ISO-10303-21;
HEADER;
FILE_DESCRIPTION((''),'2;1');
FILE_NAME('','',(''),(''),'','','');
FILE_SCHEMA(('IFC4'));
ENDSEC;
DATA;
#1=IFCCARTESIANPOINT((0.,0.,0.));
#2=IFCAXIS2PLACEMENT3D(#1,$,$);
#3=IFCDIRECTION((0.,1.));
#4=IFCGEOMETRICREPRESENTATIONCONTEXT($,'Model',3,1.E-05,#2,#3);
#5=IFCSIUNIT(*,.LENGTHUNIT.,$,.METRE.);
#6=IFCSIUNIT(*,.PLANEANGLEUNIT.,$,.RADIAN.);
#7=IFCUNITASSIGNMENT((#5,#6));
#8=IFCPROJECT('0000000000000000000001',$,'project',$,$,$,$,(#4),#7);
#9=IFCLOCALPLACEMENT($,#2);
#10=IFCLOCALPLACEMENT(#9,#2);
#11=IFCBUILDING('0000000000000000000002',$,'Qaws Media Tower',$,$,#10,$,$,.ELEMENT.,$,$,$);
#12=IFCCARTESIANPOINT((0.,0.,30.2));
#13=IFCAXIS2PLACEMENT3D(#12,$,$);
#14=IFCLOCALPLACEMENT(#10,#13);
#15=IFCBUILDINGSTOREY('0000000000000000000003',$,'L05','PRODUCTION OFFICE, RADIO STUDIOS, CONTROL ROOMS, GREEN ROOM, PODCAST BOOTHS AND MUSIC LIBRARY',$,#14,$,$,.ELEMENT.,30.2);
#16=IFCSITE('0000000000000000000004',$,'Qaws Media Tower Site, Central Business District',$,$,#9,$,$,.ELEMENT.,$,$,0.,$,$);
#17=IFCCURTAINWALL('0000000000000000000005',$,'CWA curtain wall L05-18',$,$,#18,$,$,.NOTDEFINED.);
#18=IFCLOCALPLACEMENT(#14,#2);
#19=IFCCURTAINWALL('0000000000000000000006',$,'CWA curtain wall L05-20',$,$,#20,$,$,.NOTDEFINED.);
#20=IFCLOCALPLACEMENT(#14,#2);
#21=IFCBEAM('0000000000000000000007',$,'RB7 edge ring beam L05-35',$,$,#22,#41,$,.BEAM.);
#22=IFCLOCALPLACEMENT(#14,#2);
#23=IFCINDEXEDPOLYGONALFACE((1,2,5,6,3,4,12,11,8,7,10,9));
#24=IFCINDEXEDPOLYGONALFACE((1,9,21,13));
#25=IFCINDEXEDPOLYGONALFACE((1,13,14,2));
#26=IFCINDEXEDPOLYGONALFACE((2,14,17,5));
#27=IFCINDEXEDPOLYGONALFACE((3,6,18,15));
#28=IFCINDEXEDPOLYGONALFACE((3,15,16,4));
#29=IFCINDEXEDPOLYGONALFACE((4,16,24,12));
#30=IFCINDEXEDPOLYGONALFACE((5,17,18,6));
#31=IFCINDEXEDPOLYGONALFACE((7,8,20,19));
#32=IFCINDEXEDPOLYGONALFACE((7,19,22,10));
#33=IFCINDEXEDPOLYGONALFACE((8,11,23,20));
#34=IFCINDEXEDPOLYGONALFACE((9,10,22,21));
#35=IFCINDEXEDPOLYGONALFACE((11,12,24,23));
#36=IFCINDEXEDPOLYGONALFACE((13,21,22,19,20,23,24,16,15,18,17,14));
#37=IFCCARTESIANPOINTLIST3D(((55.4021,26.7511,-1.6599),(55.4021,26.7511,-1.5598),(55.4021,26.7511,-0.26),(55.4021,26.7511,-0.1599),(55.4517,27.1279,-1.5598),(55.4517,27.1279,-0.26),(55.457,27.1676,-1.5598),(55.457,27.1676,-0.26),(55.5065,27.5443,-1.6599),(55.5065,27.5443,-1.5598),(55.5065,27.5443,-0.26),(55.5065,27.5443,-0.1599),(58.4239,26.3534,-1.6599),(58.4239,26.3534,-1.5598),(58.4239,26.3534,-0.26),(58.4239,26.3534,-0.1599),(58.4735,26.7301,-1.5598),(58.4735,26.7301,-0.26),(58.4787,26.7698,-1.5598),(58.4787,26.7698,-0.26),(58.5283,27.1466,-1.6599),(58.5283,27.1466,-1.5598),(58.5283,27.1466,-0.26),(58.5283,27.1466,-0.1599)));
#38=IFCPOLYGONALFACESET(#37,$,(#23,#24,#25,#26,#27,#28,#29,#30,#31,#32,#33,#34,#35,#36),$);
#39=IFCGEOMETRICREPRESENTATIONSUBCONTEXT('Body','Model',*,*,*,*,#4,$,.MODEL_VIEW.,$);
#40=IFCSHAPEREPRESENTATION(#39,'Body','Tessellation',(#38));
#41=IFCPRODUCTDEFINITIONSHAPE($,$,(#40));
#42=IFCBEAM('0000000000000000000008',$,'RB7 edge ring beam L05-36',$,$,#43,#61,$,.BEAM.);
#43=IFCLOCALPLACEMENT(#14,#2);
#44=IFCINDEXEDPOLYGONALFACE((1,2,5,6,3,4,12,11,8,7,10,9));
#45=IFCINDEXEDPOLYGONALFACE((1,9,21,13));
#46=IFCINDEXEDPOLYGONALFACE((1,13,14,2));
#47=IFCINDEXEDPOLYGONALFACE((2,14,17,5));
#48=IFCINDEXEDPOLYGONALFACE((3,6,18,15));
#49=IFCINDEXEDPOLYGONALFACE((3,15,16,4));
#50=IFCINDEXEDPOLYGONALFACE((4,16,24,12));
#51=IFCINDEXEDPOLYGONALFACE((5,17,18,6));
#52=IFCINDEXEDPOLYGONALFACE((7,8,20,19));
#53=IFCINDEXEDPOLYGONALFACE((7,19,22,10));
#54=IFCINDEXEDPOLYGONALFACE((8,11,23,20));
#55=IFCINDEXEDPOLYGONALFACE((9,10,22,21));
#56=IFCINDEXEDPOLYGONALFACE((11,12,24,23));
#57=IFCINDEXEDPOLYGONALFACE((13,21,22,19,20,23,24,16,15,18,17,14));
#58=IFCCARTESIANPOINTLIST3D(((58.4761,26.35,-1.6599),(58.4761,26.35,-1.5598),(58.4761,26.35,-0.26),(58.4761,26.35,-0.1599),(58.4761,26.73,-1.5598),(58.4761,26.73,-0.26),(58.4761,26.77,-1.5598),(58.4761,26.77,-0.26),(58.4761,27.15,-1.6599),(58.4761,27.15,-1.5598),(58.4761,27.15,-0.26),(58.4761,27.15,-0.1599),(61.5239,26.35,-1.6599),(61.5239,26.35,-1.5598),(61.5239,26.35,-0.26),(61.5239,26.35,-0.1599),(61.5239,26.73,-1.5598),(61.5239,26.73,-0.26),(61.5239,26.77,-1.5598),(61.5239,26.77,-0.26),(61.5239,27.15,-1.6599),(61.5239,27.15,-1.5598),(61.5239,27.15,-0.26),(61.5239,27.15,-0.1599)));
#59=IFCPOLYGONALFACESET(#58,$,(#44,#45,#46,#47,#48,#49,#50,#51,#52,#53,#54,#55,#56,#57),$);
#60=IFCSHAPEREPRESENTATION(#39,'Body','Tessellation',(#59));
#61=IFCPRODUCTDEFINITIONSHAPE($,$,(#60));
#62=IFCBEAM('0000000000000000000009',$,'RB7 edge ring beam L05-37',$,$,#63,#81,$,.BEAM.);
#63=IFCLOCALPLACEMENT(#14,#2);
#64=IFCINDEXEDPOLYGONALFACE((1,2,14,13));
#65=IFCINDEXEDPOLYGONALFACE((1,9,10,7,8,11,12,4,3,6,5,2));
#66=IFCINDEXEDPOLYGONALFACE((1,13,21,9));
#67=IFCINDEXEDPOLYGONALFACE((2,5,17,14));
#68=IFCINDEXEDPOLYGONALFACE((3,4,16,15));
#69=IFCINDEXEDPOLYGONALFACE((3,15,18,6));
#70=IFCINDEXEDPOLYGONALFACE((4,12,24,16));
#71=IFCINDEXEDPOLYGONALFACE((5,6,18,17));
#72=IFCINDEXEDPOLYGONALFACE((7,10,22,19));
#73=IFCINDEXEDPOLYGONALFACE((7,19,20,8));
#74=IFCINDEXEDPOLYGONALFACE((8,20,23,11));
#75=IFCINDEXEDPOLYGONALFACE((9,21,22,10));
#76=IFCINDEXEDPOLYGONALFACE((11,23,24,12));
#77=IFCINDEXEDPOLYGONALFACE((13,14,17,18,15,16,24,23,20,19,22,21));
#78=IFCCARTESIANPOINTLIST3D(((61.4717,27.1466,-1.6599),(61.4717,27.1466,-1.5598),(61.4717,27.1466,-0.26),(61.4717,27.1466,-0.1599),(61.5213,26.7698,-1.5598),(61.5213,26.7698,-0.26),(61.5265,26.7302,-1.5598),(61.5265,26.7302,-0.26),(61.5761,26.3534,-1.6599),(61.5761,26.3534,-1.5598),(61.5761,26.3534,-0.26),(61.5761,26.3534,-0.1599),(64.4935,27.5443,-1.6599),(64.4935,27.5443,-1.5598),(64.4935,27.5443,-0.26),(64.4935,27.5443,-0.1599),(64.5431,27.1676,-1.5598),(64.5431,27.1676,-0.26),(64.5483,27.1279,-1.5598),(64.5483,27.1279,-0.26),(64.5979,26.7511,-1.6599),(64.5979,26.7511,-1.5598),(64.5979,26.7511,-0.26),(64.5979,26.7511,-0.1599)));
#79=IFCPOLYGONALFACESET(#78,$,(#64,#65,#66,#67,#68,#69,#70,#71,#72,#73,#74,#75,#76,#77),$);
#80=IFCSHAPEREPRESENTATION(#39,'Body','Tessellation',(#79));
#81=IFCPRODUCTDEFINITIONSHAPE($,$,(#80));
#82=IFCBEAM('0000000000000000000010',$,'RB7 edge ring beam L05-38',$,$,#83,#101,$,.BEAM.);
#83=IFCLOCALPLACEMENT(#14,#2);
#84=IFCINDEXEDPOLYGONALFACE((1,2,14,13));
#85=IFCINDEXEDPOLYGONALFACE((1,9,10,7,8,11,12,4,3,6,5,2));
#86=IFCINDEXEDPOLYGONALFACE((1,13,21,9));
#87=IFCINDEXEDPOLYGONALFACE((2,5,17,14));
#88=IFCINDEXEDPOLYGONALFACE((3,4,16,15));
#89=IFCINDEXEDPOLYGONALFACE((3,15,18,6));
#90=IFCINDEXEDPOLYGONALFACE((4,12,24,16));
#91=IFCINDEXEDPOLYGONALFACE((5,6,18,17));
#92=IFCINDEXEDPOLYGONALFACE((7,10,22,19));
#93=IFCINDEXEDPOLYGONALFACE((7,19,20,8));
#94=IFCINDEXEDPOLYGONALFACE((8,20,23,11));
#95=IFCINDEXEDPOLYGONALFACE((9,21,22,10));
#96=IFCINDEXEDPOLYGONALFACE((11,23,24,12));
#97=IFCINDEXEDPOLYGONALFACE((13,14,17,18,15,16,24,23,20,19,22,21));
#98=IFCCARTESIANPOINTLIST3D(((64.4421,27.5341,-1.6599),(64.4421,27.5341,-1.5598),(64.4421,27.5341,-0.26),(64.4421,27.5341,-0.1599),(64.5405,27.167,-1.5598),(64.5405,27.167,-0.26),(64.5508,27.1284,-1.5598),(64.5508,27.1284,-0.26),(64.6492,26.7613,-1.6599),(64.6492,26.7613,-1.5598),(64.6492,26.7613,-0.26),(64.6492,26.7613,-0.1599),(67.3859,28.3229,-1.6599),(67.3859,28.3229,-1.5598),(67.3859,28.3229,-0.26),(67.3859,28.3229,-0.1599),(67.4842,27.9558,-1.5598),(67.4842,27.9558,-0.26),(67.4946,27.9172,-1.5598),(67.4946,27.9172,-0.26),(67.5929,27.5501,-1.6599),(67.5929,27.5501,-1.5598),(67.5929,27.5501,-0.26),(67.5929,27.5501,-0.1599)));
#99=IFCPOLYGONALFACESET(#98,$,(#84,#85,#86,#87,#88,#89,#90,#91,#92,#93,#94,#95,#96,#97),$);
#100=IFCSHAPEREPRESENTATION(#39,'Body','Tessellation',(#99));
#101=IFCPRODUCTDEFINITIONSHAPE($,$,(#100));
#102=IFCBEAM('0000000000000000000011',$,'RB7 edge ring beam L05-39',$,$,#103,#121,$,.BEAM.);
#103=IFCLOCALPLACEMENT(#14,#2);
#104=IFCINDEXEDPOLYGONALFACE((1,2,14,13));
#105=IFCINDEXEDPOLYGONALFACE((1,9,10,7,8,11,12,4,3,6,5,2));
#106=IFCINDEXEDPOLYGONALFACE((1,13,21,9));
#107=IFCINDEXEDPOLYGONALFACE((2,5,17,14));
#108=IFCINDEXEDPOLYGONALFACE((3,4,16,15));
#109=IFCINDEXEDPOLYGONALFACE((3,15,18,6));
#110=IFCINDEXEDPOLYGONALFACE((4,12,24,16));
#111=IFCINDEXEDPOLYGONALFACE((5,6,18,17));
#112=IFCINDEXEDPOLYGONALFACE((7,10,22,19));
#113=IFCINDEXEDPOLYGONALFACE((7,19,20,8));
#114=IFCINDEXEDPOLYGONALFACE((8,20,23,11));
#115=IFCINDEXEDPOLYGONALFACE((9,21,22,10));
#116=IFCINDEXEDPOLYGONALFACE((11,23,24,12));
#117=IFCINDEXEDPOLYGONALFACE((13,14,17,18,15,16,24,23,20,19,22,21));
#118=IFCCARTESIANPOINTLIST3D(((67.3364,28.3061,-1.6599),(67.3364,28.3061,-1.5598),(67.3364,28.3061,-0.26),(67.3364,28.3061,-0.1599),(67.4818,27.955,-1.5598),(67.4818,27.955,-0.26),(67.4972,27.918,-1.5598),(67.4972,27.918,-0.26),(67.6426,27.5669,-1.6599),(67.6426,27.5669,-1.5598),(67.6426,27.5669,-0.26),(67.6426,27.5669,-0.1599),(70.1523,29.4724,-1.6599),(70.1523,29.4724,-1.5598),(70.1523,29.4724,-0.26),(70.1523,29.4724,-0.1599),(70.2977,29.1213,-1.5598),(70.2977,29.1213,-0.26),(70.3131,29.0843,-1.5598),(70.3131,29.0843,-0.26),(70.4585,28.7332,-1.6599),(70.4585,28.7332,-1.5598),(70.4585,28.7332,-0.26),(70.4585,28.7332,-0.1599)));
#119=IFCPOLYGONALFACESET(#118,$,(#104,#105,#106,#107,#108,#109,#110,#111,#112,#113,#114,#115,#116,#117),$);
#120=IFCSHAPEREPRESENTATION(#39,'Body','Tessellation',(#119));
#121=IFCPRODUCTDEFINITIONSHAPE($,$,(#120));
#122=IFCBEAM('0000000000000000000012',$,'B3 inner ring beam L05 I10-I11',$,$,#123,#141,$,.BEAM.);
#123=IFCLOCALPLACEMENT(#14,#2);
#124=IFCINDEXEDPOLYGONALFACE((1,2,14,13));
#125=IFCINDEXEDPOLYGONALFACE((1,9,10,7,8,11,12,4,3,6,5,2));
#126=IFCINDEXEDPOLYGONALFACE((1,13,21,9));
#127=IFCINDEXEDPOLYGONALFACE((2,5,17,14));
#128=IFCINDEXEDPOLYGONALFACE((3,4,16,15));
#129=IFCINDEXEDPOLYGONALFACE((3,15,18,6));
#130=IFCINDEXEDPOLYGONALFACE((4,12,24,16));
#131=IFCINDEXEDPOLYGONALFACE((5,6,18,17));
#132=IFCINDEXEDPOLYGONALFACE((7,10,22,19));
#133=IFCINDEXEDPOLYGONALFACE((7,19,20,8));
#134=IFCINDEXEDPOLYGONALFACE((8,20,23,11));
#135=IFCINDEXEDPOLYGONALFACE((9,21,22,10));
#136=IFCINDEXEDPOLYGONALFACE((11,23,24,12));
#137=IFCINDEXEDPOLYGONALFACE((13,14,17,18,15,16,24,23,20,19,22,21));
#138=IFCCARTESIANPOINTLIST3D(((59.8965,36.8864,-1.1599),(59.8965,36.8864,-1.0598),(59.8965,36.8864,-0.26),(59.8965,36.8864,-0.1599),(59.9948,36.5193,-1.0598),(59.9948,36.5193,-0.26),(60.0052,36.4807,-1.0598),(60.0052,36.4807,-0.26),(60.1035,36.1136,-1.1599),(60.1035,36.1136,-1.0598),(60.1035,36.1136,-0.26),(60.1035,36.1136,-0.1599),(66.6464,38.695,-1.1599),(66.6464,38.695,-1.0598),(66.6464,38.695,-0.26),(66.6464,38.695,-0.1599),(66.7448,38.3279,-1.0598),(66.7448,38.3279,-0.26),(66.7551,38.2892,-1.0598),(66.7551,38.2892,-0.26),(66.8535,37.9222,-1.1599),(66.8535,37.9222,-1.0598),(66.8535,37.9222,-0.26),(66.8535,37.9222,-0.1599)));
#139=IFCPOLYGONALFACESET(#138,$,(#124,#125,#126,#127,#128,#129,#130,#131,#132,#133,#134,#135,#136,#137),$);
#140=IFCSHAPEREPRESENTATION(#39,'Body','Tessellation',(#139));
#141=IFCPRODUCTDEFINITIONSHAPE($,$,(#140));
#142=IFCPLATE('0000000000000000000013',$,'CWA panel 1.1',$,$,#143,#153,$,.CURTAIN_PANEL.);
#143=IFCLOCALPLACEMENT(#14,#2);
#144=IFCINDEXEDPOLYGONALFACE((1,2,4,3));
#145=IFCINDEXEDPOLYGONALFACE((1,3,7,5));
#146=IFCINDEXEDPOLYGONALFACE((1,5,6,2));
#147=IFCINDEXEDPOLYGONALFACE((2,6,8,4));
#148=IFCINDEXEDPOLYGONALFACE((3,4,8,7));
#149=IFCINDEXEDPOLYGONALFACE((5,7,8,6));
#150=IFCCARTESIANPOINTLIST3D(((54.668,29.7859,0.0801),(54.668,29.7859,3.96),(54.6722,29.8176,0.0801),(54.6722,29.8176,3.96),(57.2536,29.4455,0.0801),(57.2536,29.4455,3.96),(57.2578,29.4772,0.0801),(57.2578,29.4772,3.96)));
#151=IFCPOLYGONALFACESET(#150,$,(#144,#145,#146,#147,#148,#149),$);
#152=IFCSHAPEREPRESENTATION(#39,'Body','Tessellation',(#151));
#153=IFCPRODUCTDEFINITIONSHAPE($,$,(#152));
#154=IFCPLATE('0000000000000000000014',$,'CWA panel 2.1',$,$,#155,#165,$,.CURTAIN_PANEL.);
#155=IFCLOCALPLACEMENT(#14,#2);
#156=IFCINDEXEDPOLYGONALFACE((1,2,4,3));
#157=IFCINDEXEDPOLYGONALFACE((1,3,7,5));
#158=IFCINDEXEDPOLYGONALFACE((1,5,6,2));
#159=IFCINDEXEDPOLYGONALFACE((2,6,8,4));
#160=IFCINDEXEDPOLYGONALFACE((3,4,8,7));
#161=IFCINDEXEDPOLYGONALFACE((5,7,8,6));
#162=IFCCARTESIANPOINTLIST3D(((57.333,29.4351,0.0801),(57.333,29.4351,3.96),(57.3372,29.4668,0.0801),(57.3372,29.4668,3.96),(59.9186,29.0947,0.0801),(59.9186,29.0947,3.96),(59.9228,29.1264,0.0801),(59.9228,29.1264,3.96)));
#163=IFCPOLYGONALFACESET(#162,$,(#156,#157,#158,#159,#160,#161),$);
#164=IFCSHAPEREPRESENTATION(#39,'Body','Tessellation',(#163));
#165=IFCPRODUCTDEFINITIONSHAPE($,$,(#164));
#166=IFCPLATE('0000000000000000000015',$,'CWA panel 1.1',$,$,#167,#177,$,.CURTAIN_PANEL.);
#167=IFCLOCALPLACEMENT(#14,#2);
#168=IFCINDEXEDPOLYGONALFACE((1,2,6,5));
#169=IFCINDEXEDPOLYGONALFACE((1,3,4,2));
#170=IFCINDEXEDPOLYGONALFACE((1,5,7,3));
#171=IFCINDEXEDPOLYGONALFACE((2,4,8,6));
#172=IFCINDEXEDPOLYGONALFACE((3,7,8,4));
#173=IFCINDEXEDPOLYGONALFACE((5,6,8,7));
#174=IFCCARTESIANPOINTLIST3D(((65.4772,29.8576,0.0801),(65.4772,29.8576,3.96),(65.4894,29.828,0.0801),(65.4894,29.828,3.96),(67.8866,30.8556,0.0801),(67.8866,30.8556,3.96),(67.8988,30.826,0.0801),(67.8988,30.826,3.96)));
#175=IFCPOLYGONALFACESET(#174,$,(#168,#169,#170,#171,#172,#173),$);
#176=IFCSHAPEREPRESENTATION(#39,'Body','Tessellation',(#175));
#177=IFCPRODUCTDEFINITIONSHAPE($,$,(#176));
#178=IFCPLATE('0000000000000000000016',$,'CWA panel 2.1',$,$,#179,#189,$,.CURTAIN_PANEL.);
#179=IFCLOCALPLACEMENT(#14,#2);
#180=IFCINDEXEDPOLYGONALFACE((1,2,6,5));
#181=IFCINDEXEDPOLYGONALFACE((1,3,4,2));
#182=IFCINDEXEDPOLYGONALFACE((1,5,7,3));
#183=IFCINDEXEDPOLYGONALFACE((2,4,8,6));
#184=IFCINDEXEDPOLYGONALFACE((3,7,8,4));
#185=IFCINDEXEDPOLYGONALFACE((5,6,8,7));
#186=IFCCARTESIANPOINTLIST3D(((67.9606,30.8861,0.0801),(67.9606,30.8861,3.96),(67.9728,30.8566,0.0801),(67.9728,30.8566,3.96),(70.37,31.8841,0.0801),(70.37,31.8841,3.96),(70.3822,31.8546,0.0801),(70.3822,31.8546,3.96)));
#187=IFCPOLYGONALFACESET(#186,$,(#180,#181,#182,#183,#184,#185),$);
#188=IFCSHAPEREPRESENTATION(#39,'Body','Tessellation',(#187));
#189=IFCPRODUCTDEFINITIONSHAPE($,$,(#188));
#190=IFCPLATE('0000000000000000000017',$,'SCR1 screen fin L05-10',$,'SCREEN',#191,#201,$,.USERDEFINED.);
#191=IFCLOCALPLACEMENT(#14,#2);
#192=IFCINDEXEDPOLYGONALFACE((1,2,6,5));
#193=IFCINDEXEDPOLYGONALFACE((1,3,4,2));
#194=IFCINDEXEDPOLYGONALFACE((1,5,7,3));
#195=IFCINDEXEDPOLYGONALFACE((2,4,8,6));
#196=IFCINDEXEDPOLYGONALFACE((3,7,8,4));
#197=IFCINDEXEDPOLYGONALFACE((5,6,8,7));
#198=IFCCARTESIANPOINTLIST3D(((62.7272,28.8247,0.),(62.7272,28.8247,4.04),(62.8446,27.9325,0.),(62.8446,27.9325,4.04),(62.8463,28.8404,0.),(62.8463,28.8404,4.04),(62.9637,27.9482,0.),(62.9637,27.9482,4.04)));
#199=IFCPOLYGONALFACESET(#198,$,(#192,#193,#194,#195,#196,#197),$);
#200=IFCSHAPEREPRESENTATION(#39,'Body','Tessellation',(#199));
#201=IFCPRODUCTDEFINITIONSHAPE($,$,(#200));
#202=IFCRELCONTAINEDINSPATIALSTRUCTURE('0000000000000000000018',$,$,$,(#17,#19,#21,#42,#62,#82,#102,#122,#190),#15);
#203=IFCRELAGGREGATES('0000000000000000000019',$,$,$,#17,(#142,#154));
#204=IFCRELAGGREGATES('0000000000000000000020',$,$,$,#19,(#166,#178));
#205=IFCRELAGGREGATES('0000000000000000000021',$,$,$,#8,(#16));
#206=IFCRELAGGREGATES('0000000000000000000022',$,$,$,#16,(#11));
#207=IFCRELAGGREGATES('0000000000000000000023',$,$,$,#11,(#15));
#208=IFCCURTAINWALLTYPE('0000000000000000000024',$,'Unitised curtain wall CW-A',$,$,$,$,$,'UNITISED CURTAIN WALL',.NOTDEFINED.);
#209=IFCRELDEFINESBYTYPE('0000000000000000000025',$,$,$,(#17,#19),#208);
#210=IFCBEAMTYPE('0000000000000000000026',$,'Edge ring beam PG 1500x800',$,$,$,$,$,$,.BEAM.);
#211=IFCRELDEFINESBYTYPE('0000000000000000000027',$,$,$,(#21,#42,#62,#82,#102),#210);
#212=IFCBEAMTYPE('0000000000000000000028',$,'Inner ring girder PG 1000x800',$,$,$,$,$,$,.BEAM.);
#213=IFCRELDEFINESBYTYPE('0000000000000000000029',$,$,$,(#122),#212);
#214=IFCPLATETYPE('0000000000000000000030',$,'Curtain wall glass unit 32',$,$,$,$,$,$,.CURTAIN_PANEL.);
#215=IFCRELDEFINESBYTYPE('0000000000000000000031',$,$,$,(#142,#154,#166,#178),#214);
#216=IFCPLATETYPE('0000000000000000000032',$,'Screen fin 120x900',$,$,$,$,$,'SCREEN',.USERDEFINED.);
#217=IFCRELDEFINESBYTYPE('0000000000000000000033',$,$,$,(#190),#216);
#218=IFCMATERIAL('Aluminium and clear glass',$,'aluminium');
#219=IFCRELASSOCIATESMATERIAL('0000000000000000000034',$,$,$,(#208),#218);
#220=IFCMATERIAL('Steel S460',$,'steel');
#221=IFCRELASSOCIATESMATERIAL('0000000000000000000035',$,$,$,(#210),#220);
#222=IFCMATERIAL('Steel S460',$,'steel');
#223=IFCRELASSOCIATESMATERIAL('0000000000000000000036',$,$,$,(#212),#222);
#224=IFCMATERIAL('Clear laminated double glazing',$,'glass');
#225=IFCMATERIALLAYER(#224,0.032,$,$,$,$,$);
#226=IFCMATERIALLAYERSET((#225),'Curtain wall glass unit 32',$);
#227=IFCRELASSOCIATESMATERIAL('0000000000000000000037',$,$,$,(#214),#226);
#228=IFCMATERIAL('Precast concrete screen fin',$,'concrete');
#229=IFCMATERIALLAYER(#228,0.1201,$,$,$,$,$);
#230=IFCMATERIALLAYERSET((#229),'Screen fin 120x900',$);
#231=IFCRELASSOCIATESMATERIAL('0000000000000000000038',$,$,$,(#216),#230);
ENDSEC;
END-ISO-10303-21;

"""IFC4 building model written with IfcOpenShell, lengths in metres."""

from ifc_helpers import new_model, si_unit, direction, frame, origin, origin_2d, place, context, subcontext, project, spatial, rectangle, i_section, extrude, material, layer, layer_set, material_profile, profile_set, type_object, element, aggregate, save


model = new_model("IFC4")

# Units and contexts
model_context = context("Model", 3, precision=1e-05, world=origin(), true_north=direction((0.0, 1.0)))
body_context = subcontext(model_context, "Body", "Model", "MODEL_VIEW")
ifc_project = project(units=[si_unit("LENGTHUNIT", "METRE"), si_unit("PLANEANGLEUNIT", "RADIAN")], contexts=[model_context])

# Site, building, storey
site_placement = place(None, origin())
site = spatial("IfcSite", under=ifc_project, at=site_placement, Name="Qaws Media Tower Site, Central Business District", CompositionType="ELEMENT", RefElevation=0.0)
building_placement = place(site_placement, origin())
building = spatial("IfcBuilding", under=site, at=building_placement, Name="Qaws Media Tower", CompositionType="ELEMENT")
storey_placement = place(building_placement, frame((0.0, 0.0, 30.2)))
storey = spatial("IfcBuildingStorey", under=building, at=storey_placement, Name="L05", Description="PRODUCTION OFFICE, RADIO STUDIOS, CONTROL ROOMS, GREEN ROOM, PODCAST BOOTHS AND MUSIC LIBRARY", CompositionType="ELEMENT", Elevation=30.2)

# Curtain walls
ifc_material_1 = material(Name="Aluminium and clear glass", Category="aluminium")
curtain_wall_type = type_object("IfcCurtainWallType", Name="Unitised curtain wall CW-A", ElementType="UNITISED CURTAIN WALL", PredefinedType="NOTDEFINED", material=ifc_material_1)
curtain_wall_1_placement = place(storey_placement, origin())
curtain_wall_1 = element("IfcCurtainWall", 1, at=curtain_wall_1_placement, inside=storey, type_object=curtain_wall_type, Name="CWA curtain wall L05-18", PredefinedType="NOTDEFINED")
curtain_wall_2_placement = place(storey_placement, origin())
curtain_wall_2 = element("IfcCurtainWall", 2, at=curtain_wall_2_placement, inside=storey, type_object=curtain_wall_type, Name="CWA curtain wall L05-20", PredefinedType="NOTDEFINED")

# Beams
ifc_material_2 = material(Name="Steel S460", Category="steel")
ifc_material_profile_1 = material_profile(ifc_material_2, i_section(OverallWidth=0.8, OverallDepth=1.5, WebThickness=0.04, FlangeThickness=0.1001, at=origin_2d()), Name="PG 1500x800")
ifc_profile_set_1 = profile_set([ifc_material_profile_1], Name="Steel S460")
beam_type_1 = type_object("IfcBeamType", Name="Edge ring beam PG 1500x800", PredefinedType="BEAM", material=ifc_profile_set_1)
for number, where, z_axis, x_axis, name in (
    (3, (55.4543, 27.1477, -0.9099), (0.99145, -0.13049, 0.0), (0.13049, 0.99145, 0.0), "RB7 edge ring beam L05-35"),
    (4, (58.4761, 26.75, -0.9099), (1.0, 0.0, 0.0), (0.0, 1.0, 0.0), "RB7 edge ring beam L05-36"),
    (5, (61.5239, 26.75, -0.9099), (0.99145, 0.13049, 0.0), (-0.13049, 0.99145, 0.0), "RB7 edge ring beam L05-37"),
):
    element("IfcBeam", number, at=place(storey_placement, frame(where, z_axis=z_axis, x_axis=x_axis)), inside=storey, type_object=beam_type_1, Name=name, PredefinedType="BEAM", context=body_context, shape_type="SweptSolid", body=[
        extrude(i_section(OverallWidth=0.8, OverallDepth=1.5, WebThickness=0.04, FlangeThickness=0.1001, at=origin_2d()), origin(), (0.0, 0.0, 1.0), 3.0479),
    ])
beam_1_placement = place(storey_placement, frame((64.5457, 27.1477, -0.9099), z_axis=(0.965924, 0.258824, 0.0), x_axis=(-0.258824, 0.965924, 0.0)))
element("IfcBeam", 6, at=beam_1_placement, inside=storey, type_object=beam_type_1, Name="RB7 edge ring beam L05-38", PredefinedType="BEAM", context=body_context, shape_type="SweptSolid", body=[
    extrude(i_section(OverallWidth=0.8, OverallDepth=1.5, WebThickness=0.04, FlangeThickness=0.1001, at=origin_2d()), origin(), (0.0, 0.0, 1.0), 3.0476),
])
beam_2_placement = place(storey_placement, frame((67.4895, 27.9365, -0.9099), z_axis=(0.923895, 0.382647, 0.0), x_axis=(-0.382647, 0.923895, 0.0)))
element("IfcBeam", 7, at=beam_2_placement, inside=storey, type_object=beam_type_1, Name="RB7 edge ring beam L05-39", PredefinedType="BEAM", context=body_context, shape_type="SweptSolid", body=[
    extrude(i_section(OverallWidth=0.8, OverallDepth=1.5, WebThickness=0.04, FlangeThickness=0.1001, at=origin_2d()), origin(), (0.0, 0.0, 1.0), 3.0479),
])
ifc_material_3 = material(Name="Steel S460", Category="steel")
ifc_material_profile_2 = material_profile(ifc_material_3, i_section(OverallWidth=0.8, OverallDepth=1.0, WebThickness=0.04, FlangeThickness=0.1001, at=origin_2d()), Name="PG 1000x800")
ifc_profile_set_2 = profile_set([ifc_material_profile_2], Name="Steel S460")
beam_type_2 = type_object("IfcBeamType", Name="Inner ring girder PG 1000x800", PredefinedType="BEAM", material=ifc_profile_set_2)
beam_3_placement = place(storey_placement, frame((60.0, 36.5, -0.6599), z_axis=(0.965928, 0.258811, 0.0), x_axis=(-0.258811, 0.965928, 0.0)))
element("IfcBeam", 8, at=beam_3_placement, inside=storey, type_object=beam_type_2, Name="B3 inner ring beam L05 I10-I11", PredefinedType="BEAM", context=body_context, shape_type="SweptSolid", body=[
    extrude(i_section(OverallWidth=0.8, OverallDepth=1.0, WebThickness=0.04, FlangeThickness=0.1001, at=origin_2d()), origin(), (0.0, 0.0, 1.0), 6.988),
])

# Plates
ifc_material_4 = material(Name="Clear laminated double glazing", Category="glass")
ifc_layer_1 = layer(ifc_material_4, 0.032)
ifc_layer_set_1 = layer_set([ifc_layer_1], Name="Curtain wall glass unit 32")
plate_type_1 = type_object("IfcPlateType", Name="Curtain wall glass unit 32", PredefinedType="CURTAIN_PANEL", material=ifc_layer_set_1)
plate_1_placement = place(storey_placement, frame((55.9629, 29.6316, 0.0801), z_axis=(0.0, 0.0, 1.0), x_axis=(0.991445, -0.130526, 0.0)))
plate_1 = element("IfcPlate", 9, at=plate_1_placement, type_object=plate_type_1, Name="CWA panel 1.1", PredefinedType="CURTAIN_PANEL", context=body_context, shape_type="SweptSolid", body=[
    extrude(rectangle(XDim=2.6079, YDim=0.032, at=origin_2d()), origin(), (0.0, 0.0, 1.0), 3.8799),
])
plate_2_placement = place(storey_placement, frame((58.6279, 29.2808, 0.0801), z_axis=(0.0, 0.0, 1.0), x_axis=(0.991445, -0.130526, 0.0)))
plate_2 = element("IfcPlate", 10, at=plate_2_placement, type_object=plate_type_1, Name="CWA panel 2.1", PredefinedType="CURTAIN_PANEL", context=body_context, shape_type="SweptSolid", body=[
    extrude(rectangle(XDim=2.6079, YDim=0.032, at=origin_2d()), origin(), (0.0, 0.0, 1.0), 3.8799),
])
aggregate(curtain_wall_1, [plate_1, plate_2])
plate_3_placement = place(storey_placement, frame((66.688, 30.3418, 0.0801), z_axis=(0.0, 0.0, 1.0), x_axis=(0.92388, 0.382683, 0.0)))
plate_3 = element("IfcPlate", 11, at=plate_3_placement, type_object=plate_type_1, Name="CWA panel 1.1", PredefinedType="CURTAIN_PANEL", context=body_context, shape_type="SweptSolid", body=[
    extrude(rectangle(XDim=2.6079, YDim=0.032, at=origin_2d()), origin(), (0.0, 0.0, 1.0), 3.8799),
])
plate_4_placement = place(storey_placement, frame((69.1714, 31.3704, 0.0801), z_axis=(0.0, 0.0, 1.0), x_axis=(0.92388, 0.382683, 0.0)))
plate_4 = element("IfcPlate", 12, at=plate_4_placement, type_object=plate_type_1, Name="CWA panel 2.1", PredefinedType="CURTAIN_PANEL", context=body_context, shape_type="SweptSolid", body=[
    extrude(rectangle(XDim=2.6079, YDim=0.032, at=origin_2d()), origin(), (0.0, 0.0, 1.0), 3.8799),
])
aggregate(curtain_wall_2, [plate_3, plate_4])
ifc_material_5 = material(Name="Precast concrete screen fin", Category="concrete")
ifc_layer_2 = layer(ifc_material_5, 0.1201)
ifc_layer_set_2 = layer_set([ifc_layer_2], Name="Screen fin 120x900")
plate_type_2 = type_object("IfcPlateType", Name="Screen fin 120x900", ElementType="SCREEN", PredefinedType="USERDEFINED", material=ifc_layer_set_2)
plate_5_placement = place(storey_placement, frame((62.8455, 28.3865, 0.0), z_axis=(0.0, 0.0, 1.0), x_axis=(0.130526, -0.991445, 0.0)))
element("IfcPlate", 13, at=plate_5_placement, inside=storey, type_object=plate_type_2, Name="SCR1 screen fin L05-10", ObjectType="SCREEN", PredefinedType="USERDEFINED", context=body_context, shape_type="SweptSolid", body=[
    extrude(rectangle(XDim=0.8999, YDim=0.1201, at=origin_2d()), origin(), (0.0, 0.0, 1.0), 4.04),
])

save(model, "model.ifc")
